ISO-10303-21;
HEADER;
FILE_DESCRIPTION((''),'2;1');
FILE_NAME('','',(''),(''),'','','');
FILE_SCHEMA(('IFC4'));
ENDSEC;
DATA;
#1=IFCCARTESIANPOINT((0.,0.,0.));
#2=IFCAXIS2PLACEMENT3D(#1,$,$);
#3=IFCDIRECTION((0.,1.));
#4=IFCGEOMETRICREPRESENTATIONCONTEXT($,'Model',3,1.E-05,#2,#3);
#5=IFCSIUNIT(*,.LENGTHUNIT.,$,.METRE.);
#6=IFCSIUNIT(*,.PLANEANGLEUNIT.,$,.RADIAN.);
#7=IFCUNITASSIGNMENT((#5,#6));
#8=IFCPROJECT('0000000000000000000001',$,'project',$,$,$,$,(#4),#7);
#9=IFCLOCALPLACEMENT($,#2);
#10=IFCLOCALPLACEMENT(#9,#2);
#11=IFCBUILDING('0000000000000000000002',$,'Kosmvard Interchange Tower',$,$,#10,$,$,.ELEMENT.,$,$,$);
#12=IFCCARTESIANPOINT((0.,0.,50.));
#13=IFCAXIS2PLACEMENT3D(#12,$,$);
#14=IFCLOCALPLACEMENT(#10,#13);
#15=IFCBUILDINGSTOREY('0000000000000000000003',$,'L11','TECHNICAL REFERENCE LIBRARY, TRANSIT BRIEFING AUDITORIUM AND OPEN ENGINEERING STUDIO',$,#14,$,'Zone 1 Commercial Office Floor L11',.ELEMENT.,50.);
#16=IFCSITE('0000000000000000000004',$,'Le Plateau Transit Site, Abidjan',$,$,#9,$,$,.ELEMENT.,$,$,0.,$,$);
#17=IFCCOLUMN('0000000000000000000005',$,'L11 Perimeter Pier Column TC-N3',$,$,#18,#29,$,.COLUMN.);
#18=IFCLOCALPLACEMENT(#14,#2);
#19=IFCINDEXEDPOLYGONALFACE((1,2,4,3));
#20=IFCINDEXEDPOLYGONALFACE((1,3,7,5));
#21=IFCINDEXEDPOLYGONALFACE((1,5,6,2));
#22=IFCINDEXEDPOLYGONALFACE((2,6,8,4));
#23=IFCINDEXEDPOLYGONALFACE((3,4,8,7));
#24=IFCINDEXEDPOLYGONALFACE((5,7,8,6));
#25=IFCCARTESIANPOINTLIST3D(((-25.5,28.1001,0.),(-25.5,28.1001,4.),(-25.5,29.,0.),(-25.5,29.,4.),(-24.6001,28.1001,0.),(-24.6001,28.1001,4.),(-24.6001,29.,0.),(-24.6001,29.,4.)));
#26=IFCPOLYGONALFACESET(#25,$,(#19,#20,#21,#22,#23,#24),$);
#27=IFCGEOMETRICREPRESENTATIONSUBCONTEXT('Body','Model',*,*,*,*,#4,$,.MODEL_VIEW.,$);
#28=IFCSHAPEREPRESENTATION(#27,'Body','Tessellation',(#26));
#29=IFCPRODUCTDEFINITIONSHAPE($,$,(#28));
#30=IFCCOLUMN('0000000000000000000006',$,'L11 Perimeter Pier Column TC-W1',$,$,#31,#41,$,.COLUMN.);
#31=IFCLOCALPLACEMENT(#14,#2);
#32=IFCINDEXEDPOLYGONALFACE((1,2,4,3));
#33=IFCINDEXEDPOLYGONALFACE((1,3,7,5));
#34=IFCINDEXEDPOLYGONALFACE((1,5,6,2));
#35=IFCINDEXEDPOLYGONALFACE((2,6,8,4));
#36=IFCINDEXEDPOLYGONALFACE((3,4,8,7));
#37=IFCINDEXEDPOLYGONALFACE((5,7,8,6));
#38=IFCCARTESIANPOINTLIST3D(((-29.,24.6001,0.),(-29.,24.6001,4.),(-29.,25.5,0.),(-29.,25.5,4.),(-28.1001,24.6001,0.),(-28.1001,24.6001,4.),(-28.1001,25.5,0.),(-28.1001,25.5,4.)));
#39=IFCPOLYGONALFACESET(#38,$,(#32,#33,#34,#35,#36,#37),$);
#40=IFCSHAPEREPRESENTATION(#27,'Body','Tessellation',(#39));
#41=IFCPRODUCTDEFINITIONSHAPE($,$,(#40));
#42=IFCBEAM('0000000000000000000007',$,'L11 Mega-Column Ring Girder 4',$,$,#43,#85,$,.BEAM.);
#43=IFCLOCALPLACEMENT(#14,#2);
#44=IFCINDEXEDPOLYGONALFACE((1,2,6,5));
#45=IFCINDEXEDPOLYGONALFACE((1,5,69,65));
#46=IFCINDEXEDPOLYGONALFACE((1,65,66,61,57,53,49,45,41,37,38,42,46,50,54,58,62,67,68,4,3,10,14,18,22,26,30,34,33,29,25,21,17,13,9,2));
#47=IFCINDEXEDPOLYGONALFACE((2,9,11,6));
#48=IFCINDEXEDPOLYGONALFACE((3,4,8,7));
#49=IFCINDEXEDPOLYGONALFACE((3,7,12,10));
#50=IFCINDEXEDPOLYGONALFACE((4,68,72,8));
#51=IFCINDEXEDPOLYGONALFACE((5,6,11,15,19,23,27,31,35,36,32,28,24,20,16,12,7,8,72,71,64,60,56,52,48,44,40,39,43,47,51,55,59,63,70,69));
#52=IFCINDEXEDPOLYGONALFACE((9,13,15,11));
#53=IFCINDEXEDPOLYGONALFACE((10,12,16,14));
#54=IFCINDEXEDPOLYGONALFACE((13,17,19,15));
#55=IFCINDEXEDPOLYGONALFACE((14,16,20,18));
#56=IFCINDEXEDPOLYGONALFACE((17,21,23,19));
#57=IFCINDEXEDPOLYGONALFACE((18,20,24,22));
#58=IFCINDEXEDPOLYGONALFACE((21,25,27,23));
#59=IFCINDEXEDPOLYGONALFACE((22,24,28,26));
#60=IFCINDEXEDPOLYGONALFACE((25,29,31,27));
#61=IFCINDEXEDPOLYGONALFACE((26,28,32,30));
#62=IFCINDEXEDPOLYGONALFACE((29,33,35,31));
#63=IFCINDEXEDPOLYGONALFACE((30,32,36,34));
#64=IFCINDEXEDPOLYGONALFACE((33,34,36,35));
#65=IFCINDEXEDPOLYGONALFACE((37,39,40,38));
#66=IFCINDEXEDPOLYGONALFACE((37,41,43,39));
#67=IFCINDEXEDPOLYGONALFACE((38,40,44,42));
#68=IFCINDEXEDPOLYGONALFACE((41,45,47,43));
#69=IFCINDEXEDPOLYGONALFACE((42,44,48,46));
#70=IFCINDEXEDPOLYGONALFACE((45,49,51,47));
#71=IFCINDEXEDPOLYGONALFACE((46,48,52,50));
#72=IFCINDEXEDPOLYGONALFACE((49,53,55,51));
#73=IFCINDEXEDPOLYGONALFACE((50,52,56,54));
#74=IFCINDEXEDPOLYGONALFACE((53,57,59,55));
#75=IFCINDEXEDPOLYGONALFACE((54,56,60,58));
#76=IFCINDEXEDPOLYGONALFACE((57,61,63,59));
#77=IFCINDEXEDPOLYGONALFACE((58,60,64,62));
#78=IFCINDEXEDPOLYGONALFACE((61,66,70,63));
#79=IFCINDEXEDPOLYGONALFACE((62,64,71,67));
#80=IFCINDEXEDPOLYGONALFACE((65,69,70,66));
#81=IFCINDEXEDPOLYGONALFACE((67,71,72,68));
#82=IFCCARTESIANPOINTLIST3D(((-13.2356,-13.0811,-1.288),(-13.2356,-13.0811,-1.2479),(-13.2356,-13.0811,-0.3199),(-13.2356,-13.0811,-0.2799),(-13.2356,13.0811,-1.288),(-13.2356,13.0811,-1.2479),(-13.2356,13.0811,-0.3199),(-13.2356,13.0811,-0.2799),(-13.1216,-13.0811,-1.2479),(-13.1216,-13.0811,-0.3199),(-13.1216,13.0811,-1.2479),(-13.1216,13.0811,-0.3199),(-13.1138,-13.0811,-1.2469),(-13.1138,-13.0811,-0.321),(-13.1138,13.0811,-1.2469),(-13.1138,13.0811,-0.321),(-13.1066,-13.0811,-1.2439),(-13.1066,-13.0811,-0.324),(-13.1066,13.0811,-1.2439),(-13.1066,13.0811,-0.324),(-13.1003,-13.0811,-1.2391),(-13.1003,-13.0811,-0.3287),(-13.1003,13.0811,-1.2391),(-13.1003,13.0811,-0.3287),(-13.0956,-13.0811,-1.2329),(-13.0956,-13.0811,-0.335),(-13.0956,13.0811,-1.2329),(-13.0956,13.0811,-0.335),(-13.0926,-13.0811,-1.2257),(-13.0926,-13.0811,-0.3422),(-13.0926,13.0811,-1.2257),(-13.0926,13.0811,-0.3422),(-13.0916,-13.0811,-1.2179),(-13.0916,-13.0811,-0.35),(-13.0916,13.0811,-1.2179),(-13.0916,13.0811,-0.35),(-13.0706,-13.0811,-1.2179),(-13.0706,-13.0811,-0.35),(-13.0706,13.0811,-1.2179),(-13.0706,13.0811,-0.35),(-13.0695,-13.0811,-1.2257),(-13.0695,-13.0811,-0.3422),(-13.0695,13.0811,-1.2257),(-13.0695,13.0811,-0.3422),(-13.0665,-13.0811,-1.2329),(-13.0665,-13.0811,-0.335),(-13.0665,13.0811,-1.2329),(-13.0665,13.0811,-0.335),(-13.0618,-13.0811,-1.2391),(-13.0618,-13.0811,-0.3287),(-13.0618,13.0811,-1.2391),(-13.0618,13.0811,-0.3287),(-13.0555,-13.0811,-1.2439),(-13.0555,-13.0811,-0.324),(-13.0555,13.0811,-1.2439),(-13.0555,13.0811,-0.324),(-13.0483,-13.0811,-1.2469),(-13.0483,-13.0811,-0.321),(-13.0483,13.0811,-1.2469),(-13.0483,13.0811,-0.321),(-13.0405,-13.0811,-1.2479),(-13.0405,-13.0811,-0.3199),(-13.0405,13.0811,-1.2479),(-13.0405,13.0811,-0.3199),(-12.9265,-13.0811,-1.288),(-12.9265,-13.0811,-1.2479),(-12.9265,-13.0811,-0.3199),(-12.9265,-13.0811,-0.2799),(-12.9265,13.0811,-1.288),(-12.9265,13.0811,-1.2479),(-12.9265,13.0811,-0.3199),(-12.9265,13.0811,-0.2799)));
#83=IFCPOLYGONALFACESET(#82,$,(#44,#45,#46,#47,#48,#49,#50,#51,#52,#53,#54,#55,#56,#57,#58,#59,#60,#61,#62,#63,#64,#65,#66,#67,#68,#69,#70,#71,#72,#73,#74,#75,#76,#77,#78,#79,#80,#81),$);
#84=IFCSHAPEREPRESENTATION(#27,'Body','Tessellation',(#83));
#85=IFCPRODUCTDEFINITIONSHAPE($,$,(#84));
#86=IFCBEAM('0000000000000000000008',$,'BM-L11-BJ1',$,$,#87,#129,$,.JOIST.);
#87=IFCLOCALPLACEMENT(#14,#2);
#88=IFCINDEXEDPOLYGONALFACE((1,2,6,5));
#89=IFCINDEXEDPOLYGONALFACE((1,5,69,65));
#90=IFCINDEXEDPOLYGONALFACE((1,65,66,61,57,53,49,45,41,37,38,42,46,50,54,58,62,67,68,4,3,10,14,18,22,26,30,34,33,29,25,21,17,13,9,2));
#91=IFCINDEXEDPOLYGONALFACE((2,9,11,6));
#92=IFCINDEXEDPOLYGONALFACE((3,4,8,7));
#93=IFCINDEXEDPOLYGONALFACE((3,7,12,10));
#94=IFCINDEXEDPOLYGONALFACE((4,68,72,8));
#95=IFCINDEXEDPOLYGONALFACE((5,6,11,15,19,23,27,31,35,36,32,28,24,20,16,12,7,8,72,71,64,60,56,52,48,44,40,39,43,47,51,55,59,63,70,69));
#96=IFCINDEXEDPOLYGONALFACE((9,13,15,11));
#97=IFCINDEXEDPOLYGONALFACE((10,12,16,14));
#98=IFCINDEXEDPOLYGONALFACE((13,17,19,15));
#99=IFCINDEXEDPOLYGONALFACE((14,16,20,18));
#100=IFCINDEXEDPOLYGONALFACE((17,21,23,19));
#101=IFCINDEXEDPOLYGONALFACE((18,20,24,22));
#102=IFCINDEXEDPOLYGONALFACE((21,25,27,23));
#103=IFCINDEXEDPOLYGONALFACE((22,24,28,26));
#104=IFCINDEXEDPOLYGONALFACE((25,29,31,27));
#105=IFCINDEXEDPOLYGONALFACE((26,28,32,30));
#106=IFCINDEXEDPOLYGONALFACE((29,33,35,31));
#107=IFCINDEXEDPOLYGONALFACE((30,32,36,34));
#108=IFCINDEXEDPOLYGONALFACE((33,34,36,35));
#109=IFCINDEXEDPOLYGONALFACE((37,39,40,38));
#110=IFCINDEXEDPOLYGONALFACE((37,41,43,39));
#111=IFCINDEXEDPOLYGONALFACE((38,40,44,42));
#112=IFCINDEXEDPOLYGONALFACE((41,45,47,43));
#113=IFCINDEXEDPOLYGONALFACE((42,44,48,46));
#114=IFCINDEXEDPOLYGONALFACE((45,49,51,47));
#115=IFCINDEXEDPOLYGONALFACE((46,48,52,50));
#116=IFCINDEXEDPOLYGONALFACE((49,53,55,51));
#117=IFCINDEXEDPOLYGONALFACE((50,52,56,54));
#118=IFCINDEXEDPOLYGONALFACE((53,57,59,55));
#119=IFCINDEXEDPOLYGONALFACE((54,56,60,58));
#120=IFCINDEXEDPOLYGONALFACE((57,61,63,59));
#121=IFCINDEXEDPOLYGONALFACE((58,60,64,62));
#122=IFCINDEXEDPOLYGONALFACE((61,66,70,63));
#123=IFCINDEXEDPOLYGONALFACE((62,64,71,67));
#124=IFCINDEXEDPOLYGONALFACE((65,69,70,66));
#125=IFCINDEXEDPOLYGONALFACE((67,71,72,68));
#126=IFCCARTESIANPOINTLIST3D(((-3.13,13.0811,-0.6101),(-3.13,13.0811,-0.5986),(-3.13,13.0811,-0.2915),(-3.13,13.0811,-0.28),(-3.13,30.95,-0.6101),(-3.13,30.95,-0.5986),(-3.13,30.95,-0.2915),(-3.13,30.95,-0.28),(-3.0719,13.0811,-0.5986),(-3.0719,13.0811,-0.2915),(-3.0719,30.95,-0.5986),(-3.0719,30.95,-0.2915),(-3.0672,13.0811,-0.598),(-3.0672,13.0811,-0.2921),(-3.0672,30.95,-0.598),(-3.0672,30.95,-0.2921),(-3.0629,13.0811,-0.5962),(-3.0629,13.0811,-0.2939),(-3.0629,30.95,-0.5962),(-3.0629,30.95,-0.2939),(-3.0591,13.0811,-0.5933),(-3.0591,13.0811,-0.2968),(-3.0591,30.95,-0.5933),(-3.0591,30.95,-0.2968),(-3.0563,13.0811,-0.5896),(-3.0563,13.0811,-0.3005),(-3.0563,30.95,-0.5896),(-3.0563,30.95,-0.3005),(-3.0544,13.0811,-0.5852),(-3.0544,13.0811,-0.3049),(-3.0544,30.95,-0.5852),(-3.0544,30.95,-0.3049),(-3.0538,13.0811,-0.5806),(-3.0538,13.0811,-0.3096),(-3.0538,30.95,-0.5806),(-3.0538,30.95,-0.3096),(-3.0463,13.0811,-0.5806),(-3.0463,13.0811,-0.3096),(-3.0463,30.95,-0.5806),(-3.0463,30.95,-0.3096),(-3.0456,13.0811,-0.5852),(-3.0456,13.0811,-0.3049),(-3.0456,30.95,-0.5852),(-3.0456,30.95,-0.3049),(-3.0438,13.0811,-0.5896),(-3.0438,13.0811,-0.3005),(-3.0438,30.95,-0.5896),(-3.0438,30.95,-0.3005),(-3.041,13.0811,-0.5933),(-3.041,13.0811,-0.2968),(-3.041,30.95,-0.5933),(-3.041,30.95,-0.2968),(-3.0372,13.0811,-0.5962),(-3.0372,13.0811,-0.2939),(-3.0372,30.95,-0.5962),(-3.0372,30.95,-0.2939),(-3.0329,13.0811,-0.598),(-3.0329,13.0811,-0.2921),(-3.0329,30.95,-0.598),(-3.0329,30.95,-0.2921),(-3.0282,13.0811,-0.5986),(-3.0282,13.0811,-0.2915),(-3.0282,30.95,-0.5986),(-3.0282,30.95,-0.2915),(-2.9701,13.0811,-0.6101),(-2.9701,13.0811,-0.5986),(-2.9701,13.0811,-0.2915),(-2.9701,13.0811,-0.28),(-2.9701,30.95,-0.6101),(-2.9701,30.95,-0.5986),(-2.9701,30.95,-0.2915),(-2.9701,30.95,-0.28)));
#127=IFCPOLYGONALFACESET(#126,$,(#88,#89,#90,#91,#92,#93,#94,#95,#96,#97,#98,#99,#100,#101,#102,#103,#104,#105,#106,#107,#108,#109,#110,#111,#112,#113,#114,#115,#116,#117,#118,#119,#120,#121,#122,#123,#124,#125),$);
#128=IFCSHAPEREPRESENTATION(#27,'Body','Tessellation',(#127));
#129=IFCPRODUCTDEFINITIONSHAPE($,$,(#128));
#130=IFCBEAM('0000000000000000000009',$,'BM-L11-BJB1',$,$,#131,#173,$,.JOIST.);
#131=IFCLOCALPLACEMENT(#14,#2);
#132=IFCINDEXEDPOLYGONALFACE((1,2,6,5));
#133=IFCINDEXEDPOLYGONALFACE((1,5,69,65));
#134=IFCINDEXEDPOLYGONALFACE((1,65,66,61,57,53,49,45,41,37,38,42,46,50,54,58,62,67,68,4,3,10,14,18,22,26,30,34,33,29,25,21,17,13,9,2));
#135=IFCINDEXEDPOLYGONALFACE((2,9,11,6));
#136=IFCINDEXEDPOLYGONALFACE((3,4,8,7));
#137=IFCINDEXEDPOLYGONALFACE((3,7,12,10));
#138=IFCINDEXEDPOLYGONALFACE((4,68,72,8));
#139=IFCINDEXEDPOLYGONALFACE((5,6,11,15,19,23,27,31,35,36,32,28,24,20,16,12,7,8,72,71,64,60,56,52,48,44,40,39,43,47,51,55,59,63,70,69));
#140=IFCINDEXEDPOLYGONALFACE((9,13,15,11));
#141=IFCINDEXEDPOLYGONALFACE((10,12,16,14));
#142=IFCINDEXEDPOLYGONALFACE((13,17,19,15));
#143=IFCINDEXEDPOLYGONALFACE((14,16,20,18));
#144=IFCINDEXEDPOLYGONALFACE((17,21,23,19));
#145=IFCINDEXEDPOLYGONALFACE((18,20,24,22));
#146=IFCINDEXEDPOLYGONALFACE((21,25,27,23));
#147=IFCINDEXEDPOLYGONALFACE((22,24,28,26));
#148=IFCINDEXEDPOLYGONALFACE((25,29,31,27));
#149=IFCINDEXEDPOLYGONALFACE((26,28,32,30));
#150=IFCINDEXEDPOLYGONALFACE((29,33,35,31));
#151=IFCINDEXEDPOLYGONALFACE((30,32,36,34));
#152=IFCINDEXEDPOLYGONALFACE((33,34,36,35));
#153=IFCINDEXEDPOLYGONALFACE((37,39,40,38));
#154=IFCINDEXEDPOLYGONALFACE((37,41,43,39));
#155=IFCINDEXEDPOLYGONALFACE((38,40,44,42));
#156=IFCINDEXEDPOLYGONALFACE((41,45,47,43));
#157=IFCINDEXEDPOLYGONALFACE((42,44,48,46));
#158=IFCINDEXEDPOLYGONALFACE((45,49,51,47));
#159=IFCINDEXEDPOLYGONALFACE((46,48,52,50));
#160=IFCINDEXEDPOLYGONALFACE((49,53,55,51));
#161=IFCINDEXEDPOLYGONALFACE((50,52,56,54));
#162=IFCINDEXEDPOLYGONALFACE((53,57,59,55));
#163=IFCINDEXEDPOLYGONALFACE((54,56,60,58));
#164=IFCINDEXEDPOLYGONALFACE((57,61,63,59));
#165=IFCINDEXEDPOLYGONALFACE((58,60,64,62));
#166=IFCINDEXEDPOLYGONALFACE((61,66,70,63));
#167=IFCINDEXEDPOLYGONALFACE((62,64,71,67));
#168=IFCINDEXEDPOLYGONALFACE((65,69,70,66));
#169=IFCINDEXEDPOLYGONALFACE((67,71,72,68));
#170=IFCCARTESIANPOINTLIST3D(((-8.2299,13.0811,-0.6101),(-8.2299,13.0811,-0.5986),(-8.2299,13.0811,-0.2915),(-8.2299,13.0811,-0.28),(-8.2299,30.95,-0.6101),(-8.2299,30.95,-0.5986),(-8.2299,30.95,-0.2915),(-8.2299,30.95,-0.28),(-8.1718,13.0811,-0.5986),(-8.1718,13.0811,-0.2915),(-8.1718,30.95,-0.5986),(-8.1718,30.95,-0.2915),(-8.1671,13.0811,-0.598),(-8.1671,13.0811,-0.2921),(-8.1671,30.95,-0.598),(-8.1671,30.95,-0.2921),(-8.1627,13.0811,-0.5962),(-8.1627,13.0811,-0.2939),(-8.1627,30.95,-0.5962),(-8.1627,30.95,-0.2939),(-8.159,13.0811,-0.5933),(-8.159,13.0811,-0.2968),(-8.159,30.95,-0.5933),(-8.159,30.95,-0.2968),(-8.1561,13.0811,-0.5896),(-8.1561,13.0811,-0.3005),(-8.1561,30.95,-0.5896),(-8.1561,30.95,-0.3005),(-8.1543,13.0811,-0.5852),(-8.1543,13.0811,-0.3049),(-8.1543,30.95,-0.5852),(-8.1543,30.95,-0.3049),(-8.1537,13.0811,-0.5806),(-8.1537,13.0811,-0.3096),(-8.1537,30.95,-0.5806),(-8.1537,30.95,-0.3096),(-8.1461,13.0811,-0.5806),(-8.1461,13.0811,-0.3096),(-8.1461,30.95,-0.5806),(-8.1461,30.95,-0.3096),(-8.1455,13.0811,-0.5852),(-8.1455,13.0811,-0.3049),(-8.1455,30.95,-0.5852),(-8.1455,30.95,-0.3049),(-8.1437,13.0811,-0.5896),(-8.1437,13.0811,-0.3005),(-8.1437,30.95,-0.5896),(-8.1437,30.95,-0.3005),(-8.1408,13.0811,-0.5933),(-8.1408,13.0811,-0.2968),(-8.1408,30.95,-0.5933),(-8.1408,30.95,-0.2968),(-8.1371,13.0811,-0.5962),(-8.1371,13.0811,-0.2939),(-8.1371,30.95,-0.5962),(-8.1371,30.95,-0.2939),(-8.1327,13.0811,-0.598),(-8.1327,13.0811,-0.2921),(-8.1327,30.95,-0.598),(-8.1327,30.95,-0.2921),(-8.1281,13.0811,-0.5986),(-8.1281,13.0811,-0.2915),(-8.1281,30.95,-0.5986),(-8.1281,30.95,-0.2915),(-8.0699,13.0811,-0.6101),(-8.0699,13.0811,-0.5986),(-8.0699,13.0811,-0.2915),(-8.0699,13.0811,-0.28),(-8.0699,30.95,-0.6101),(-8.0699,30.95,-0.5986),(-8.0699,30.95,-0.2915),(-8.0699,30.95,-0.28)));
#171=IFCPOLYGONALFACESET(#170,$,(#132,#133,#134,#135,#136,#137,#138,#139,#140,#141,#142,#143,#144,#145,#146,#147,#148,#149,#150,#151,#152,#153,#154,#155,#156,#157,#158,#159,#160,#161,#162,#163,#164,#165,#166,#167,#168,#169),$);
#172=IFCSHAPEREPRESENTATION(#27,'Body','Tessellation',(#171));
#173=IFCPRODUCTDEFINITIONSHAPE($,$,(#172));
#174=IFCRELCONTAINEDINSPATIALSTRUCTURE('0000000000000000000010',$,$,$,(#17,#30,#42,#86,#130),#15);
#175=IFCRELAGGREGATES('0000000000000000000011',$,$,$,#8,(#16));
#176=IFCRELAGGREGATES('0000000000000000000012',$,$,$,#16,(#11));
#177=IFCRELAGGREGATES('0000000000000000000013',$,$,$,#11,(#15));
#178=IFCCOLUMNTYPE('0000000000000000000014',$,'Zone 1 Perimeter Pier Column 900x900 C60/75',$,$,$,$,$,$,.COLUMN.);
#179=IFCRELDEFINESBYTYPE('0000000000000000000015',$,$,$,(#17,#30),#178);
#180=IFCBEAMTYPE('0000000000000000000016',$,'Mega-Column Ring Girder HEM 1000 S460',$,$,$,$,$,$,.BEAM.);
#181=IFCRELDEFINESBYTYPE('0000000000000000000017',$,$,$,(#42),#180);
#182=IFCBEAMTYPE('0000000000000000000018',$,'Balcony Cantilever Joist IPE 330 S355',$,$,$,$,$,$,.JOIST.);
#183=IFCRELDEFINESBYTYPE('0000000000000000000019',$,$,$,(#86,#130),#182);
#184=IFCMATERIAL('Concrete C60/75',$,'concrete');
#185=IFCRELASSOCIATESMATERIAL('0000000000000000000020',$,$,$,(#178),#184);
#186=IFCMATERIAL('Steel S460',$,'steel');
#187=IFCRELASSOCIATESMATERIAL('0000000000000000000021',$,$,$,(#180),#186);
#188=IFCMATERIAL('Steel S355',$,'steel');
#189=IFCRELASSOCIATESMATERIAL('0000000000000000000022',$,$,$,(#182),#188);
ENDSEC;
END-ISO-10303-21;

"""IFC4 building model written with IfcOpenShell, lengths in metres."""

from ifc_helpers import new_model, si_unit, direction, frame, origin, origin_2d, place, context, subcontext, project, spatial, rectangle, i_section, extrude, source, transform, mapped, material, material_profile, profile_set, type_object, element, save


model = new_model("IFC4")

# Units and contexts
model_context = context("Model", 3, precision=1e-05, world=origin(), true_north=direction((0.0, 1.0)))
body_context = subcontext(model_context, "Body", "Model", "MODEL_VIEW")
ifc_project = project(units=[si_unit("LENGTHUNIT", "METRE"), si_unit("PLANEANGLEUNIT", "RADIAN")], contexts=[model_context])

# Site, building, storey
site_placement = place(None, origin())
site = spatial("IfcSite", under=ifc_project, at=site_placement, Name="Le Plateau Transit Site, Abidjan", CompositionType="ELEMENT", RefElevation=0.0)
building_placement = place(site_placement, origin())
building = spatial("IfcBuilding", under=site, at=building_placement, Name="Kosmvard Interchange Tower", CompositionType="ELEMENT")
storey_placement = place(building_placement, frame((0.0, 0.0, 50.0)))
storey = spatial("IfcBuildingStorey", under=building, at=storey_placement, Name="L11", Description="TECHNICAL REFERENCE LIBRARY, TRANSIT BRIEFING AUDITORIUM AND OPEN ENGINEERING STUDIO", LongName="Zone 1 Commercial Office Floor L11", CompositionType="ELEMENT", Elevation=50.0)

# Columns
ifc_material_1 = material(Name="Concrete C60/75", Category="concrete")
ifc_material_profile_1 = material_profile(ifc_material_1, rectangle(XDim=0.8999, YDim=0.8999, at=origin_2d()), Name="TC 900x900")
ifc_profile_set_1 = profile_set([ifc_material_profile_1], Name="Concrete C60/75")
column_type = type_object("IfcColumnType", Name="Zone 1 Perimeter Pier Column 900x900 C60/75", PredefinedType="COLUMN", material=ifc_profile_set_1)
shared_shape_1 = source(origin(), body_context, "Body", "SweptSolid", [
    extrude(rectangle(XDim=0.8999, YDim=0.8999, at=origin_2d()), origin(), (0.0, 0.0, 1.0), 4.0),
])
for number, where, z_axis, x_axis, name in (
    (1, (-25.05, 28.55, 0.0), (0.0, 0.0, 1.0), (1.0, 0.0, 0.0), "L11 Perimeter Pier Column TC-N3"),
    (2, (-28.55, 25.05, 0.0), (0.0, 0.0, 1.0), (1.0, 0.0, 0.0), "L11 Perimeter Pier Column TC-W1"),
):
    element("IfcColumn", number, at=place(storey_placement, frame(where, z_axis=z_axis, x_axis=x_axis)), inside=storey, type_object=column_type, Name=name, PredefinedType="COLUMN", context=body_context, shape_type="MappedRepresentation", body=[
        mapped(shared_shape_1, transform((0.0, 0.0, 0.0), scale=1.0)),
    ])

# Beams
ifc_material_2 = material(Name="Steel S460", Category="steel")
ifc_material_profile_2 = material_profile(ifc_material_2, i_section(OverallWidth=0.3091, OverallDepth=1.0081, WebThickness=0.021, FlangeThickness=0.04, FilletRadius=0.03, at=origin_2d()), Name="HEM 1000")
ifc_profile_set_2 = profile_set([ifc_material_profile_2], Name="Steel S460")
beam_type_1 = type_object("IfcBeamType", Name="Mega-Column Ring Girder HEM 1000 S460", PredefinedType="BEAM", material=ifc_profile_set_2)
shared_shape_2 = source(origin(), body_context, "Body", "SweptSolid", [
    extrude(i_section(OverallWidth=0.3091, OverallDepth=1.0081, WebThickness=0.021, FlangeThickness=0.04, FilletRadius=0.03, at=origin_2d()), origin(), (0.0, 0.0, 1.0), 26.1621),
])
beam_1_placement = place(storey_placement, frame((-13.0811, 13.0811, -0.7839), z_axis=(0.0, -1.0, 0.0), x_axis=(1.0, 0.0, 0.0)))
element("IfcBeam", 3, at=beam_1_placement, inside=storey, type_object=beam_type_1, Name="L11 Mega-Column Ring Girder 4", PredefinedType="BEAM", context=body_context, shape_type="MappedRepresentation", body=[
    mapped(shared_shape_2, transform((0.0, 0.0, 0.0), scale=1.0)),
])
ifc_material_3 = material(Name="Steel S355", Category="steel")
ifc_material_profile_3 = material_profile(ifc_material_3, i_section(OverallWidth=0.1599, OverallDepth=0.3301, WebThickness=0.0076, FlangeThickness=0.0115, FilletRadius=0.0181, at=origin_2d()), Name="IPE 330")
ifc_profile_set_3 = profile_set([ifc_material_profile_3], Name="Steel S355")
beam_type_2 = type_object("IfcBeamType", Name="Balcony Cantilever Joist IPE 330 S355", PredefinedType="JOIST", material=ifc_profile_set_3)
shared_shape_3 = source(origin(), body_context, "Body", "SweptSolid", [
    extrude(i_section(OverallWidth=0.1599, OverallDepth=0.3301, WebThickness=0.0076, FlangeThickness=0.0115, FilletRadius=0.0181, at=origin_2d()), origin(), (0.0, 0.0, 1.0), 17.8689),
])
for number, where, z_axis, x_axis, name in (
    (4, (-3.05, 13.0811, -0.4451), (0.0, 1.0, 0.0), (-1.0, 0.0, 0.0), "BM-L11-BJ1"),
    (5, (-8.1499, 13.0811, -0.4451), (0.0, 1.0, 0.0), (-1.0, 0.0, 0.0), "BM-L11-BJB1"),
):
    element("IfcBeam", number, at=place(storey_placement, frame(where, z_axis=z_axis, x_axis=x_axis)), inside=storey, type_object=beam_type_2, Name=name, PredefinedType="JOIST", context=body_context, shape_type="MappedRepresentation", body=[
        mapped(shared_shape_3, transform((0.0, 0.0, 0.0), scale=1.0)),
    ])

save(model, "model.ifc")
